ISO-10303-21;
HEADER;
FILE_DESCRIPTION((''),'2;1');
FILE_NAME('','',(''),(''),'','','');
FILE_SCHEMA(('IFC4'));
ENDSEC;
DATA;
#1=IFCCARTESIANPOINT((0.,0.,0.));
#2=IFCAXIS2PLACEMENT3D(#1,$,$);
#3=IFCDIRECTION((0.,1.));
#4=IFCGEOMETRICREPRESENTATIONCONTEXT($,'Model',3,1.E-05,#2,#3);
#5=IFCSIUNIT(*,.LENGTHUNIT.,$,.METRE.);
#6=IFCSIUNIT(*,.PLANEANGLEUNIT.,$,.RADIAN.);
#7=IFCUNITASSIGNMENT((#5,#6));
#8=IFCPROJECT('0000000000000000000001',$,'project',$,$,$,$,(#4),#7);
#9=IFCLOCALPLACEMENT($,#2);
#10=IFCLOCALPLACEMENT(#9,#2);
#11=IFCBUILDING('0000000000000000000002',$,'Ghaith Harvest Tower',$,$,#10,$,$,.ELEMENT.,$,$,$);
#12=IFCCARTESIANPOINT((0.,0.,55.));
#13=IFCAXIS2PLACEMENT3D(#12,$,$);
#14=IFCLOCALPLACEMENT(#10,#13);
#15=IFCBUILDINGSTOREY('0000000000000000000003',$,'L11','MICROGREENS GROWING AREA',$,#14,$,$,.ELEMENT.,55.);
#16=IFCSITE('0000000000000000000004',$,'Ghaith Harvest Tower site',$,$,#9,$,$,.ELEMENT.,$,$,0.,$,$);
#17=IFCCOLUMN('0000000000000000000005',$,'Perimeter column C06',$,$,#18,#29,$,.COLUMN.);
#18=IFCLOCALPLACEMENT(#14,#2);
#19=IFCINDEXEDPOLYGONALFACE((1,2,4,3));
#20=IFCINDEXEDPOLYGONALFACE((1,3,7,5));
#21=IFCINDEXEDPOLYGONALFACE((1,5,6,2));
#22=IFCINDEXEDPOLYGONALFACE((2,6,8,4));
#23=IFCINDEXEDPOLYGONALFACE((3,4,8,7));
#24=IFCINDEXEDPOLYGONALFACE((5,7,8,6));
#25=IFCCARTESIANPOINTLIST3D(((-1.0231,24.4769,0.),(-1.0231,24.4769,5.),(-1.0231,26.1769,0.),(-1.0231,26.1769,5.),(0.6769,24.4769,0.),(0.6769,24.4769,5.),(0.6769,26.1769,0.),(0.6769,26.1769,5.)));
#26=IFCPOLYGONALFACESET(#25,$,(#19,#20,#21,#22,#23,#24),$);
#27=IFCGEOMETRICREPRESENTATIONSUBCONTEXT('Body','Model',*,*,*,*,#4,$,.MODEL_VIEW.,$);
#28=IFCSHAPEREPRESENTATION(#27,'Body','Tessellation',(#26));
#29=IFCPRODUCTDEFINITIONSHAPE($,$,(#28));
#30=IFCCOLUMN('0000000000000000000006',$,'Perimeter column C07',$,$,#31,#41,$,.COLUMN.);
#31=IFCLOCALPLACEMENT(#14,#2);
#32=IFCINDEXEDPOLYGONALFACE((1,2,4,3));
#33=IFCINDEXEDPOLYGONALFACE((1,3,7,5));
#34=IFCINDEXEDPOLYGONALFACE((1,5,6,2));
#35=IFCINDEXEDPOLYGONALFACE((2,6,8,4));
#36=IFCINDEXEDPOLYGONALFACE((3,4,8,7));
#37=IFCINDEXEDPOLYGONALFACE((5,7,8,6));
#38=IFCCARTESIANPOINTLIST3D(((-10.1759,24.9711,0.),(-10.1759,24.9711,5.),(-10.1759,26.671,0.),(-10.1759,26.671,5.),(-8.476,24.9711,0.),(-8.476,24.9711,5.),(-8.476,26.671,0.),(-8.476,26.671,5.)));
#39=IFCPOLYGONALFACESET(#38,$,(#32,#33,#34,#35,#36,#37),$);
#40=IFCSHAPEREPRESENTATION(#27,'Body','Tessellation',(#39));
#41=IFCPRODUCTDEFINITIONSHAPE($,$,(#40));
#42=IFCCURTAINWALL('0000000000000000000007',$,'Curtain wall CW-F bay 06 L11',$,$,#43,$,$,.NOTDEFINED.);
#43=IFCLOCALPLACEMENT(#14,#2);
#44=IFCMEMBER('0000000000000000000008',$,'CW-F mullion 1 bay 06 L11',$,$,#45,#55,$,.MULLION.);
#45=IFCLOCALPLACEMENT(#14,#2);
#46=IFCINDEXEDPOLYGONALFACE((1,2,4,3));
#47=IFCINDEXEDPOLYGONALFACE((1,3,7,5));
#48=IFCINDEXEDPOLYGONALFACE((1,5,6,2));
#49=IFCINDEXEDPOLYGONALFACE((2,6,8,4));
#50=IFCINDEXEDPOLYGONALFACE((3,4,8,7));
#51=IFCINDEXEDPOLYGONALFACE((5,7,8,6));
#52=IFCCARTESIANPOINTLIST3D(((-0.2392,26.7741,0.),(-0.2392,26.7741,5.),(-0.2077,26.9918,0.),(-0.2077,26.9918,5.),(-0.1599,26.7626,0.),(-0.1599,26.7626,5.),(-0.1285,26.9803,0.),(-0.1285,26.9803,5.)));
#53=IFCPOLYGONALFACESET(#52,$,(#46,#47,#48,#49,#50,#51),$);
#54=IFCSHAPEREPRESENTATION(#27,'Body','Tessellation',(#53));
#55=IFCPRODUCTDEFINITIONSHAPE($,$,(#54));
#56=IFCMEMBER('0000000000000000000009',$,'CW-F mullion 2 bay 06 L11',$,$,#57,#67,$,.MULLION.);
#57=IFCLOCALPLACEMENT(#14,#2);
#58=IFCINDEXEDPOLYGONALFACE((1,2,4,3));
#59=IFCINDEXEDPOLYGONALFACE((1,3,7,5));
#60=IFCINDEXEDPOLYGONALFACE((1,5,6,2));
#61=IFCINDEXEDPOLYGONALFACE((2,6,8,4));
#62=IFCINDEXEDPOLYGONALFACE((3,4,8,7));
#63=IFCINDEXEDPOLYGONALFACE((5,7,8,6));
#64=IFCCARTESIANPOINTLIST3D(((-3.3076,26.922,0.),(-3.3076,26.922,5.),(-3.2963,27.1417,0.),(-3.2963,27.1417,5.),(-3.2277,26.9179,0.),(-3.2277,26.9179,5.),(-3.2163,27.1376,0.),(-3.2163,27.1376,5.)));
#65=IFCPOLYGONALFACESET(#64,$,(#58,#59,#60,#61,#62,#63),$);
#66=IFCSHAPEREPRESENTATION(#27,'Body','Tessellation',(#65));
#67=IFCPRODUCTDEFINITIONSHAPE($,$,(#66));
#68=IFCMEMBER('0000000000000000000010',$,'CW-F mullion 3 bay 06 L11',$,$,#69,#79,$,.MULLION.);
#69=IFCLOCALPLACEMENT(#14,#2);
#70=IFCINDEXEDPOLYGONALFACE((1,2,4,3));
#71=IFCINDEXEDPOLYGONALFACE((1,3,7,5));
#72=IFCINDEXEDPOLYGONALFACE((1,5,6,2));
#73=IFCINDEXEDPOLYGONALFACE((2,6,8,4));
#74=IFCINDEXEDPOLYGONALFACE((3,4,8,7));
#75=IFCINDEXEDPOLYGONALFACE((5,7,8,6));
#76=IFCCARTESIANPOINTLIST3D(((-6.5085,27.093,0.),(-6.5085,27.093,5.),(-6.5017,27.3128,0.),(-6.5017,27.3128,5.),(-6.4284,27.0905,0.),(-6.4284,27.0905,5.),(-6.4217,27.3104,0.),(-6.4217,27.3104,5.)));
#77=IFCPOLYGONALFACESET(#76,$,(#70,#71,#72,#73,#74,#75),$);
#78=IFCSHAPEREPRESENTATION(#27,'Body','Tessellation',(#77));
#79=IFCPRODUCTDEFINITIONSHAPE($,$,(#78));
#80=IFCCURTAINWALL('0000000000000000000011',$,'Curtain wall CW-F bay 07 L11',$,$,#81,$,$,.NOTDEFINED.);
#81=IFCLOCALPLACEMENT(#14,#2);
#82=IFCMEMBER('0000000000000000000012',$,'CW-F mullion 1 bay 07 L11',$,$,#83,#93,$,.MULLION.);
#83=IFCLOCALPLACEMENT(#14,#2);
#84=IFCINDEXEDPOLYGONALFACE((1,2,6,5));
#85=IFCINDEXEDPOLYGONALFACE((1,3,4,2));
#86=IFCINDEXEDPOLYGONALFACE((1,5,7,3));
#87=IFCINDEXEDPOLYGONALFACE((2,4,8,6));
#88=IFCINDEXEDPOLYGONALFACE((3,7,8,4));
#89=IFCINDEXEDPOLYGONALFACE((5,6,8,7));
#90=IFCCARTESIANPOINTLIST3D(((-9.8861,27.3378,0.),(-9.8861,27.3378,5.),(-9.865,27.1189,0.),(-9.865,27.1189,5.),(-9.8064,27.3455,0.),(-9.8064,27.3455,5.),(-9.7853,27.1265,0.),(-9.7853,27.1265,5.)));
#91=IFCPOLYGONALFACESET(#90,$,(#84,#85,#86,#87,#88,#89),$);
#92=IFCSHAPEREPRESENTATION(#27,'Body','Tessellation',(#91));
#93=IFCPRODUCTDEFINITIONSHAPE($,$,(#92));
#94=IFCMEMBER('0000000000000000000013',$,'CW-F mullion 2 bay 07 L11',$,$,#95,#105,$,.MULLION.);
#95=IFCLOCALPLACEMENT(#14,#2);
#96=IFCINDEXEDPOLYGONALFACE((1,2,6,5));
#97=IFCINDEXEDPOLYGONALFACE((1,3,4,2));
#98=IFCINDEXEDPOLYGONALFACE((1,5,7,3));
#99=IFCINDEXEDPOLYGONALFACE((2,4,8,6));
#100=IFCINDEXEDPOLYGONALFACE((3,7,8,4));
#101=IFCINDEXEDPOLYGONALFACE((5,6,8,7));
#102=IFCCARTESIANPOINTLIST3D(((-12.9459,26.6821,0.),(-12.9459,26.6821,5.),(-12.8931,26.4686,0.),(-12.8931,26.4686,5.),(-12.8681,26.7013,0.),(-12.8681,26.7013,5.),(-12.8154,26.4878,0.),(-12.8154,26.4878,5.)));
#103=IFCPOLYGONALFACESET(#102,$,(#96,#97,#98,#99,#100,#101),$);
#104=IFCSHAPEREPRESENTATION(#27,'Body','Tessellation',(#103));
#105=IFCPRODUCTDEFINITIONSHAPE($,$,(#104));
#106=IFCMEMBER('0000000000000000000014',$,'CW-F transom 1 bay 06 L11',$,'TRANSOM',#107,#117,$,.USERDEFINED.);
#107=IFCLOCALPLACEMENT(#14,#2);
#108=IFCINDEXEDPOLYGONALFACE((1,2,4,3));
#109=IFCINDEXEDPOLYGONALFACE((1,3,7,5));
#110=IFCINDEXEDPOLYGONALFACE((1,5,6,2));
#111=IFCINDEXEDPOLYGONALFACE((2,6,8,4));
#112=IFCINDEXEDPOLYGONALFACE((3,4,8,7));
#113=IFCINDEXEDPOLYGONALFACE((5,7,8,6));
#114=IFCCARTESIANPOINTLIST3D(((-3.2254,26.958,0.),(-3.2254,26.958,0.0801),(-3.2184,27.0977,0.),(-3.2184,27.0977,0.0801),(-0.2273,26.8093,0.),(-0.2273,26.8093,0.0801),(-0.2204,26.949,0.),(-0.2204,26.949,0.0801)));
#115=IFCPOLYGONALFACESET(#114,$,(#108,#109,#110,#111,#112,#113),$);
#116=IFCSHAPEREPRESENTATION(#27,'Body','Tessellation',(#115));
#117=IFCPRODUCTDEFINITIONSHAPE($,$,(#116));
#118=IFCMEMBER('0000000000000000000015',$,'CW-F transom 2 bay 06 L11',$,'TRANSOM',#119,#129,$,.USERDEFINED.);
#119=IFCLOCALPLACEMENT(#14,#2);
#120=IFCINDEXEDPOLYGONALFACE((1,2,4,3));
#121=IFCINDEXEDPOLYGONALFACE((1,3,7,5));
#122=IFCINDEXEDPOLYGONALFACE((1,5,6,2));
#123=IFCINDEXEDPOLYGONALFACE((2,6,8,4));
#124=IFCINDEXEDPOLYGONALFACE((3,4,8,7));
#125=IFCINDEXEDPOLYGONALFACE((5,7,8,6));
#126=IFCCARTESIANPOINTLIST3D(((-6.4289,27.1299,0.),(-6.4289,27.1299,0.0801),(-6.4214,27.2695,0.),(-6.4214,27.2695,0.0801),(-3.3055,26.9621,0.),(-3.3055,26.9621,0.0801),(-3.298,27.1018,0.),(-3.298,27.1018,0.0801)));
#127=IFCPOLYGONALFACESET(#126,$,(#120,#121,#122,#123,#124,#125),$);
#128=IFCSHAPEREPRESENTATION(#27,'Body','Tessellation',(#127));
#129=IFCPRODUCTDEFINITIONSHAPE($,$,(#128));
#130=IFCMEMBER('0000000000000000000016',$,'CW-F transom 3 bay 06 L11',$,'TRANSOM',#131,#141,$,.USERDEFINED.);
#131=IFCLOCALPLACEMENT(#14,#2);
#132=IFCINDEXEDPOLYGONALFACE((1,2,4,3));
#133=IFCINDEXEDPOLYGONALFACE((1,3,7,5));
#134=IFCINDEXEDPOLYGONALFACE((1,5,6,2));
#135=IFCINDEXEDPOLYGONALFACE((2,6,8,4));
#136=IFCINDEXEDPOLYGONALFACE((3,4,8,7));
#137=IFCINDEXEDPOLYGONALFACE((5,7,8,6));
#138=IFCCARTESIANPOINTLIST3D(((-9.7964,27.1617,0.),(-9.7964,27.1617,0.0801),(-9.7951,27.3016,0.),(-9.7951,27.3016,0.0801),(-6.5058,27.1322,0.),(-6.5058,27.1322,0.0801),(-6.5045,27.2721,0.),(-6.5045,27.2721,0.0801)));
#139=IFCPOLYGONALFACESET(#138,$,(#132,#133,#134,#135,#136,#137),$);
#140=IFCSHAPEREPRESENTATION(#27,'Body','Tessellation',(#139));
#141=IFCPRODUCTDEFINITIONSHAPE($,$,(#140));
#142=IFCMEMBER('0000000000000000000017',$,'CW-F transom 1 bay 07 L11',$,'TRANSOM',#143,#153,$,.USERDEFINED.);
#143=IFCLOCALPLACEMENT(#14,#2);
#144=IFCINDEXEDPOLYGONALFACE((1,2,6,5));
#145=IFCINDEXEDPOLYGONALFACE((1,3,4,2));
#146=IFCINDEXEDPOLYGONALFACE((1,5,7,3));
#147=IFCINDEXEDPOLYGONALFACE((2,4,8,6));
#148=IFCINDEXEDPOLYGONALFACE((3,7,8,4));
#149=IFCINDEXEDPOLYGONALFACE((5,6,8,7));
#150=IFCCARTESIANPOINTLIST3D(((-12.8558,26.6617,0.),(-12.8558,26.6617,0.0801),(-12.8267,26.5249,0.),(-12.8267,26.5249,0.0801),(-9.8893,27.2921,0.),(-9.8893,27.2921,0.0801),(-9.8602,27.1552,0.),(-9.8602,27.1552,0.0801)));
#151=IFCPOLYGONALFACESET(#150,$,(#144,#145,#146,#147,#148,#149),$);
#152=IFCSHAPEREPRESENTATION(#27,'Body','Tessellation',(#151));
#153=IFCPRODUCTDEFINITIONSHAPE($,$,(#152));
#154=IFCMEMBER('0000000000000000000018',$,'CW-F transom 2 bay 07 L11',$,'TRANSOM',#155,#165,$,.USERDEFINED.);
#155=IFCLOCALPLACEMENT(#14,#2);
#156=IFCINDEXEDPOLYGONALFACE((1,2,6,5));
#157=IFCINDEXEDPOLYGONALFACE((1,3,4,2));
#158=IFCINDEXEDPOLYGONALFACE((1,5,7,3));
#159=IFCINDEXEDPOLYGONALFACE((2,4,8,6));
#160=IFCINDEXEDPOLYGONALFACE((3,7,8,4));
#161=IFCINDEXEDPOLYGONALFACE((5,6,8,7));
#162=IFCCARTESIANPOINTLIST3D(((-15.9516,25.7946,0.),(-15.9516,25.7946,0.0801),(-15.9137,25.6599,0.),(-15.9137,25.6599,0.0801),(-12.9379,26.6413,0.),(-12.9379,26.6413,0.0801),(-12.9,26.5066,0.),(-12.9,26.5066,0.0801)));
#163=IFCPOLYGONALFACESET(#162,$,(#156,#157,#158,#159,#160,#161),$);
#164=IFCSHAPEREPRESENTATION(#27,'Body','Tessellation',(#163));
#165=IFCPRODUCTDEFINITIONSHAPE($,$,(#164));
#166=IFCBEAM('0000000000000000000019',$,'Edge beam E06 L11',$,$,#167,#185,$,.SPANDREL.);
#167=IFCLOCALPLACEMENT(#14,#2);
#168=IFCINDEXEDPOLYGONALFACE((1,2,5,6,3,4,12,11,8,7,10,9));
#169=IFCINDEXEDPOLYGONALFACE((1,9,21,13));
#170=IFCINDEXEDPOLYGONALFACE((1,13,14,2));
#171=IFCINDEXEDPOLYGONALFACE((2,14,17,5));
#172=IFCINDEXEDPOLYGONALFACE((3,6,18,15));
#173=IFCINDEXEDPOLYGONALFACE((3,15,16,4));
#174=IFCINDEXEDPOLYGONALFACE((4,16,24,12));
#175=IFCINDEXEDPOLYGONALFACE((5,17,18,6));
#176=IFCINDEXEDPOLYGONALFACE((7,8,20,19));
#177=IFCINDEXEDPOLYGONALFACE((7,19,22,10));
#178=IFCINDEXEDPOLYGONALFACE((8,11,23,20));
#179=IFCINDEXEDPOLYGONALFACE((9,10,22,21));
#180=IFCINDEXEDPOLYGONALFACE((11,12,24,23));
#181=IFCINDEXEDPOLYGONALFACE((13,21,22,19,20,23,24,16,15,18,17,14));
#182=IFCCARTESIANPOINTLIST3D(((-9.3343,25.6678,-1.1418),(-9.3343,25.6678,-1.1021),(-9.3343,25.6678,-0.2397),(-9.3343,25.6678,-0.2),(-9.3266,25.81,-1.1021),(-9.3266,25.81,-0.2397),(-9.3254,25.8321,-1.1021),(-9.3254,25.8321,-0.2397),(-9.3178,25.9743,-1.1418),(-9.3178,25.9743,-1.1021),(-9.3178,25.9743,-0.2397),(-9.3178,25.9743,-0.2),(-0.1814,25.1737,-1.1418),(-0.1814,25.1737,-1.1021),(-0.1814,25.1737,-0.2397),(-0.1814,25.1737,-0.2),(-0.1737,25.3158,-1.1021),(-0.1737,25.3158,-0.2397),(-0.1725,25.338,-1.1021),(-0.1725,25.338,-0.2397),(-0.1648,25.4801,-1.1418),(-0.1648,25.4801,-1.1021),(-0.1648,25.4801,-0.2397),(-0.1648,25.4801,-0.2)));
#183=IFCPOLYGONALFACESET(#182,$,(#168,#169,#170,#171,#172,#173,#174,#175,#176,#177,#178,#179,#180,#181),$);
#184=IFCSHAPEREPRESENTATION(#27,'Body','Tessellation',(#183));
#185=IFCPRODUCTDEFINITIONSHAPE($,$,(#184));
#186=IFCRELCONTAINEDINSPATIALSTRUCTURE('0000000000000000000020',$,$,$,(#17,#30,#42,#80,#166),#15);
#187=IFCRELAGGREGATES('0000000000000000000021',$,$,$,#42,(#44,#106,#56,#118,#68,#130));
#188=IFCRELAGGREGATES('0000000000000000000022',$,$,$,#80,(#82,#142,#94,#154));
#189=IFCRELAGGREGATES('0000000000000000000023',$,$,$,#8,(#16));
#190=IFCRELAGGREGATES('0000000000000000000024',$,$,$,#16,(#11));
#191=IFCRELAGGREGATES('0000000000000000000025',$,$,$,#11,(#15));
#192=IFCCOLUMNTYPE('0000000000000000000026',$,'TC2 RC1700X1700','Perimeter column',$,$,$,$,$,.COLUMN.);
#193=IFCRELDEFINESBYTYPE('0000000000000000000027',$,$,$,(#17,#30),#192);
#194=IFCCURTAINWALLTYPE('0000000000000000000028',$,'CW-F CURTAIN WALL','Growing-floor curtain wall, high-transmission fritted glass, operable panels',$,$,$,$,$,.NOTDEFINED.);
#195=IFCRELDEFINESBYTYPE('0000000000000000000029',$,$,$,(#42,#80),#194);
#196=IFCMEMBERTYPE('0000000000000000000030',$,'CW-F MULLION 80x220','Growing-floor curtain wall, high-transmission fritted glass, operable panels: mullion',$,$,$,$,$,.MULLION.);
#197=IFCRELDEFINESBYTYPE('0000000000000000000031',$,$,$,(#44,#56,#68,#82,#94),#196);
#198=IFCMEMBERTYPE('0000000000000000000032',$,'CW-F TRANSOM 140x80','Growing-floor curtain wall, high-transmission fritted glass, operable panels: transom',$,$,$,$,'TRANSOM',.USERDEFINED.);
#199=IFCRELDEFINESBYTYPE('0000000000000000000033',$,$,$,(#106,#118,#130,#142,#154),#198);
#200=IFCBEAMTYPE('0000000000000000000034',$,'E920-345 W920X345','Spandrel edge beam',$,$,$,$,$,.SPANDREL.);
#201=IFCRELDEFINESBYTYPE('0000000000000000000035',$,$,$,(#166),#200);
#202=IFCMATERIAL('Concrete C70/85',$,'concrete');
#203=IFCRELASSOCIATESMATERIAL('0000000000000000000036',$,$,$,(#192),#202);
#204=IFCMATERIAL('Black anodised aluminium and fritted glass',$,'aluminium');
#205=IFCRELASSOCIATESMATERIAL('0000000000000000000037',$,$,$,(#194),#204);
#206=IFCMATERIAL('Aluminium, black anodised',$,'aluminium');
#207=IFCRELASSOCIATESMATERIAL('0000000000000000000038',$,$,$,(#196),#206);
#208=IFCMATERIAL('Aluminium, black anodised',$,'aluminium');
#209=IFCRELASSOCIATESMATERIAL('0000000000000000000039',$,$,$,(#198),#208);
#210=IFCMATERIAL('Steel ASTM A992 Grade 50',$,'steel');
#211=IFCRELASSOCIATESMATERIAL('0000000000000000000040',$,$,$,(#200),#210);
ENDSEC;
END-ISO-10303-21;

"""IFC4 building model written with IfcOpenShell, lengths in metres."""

from ifc_helpers import new_model, si_unit, direction, frame, origin, origin_2d, place, context, subcontext, project, spatial, rectangle, i_section, extrude, material, material_profile, profile_set, type_object, element, aggregate, save


model = new_model("IFC4")

# Units and contexts
model_context = context("Model", 3, precision=1e-05, world=origin(), true_north=direction((0.0, 1.0)))
body_context = subcontext(model_context, "Body", "Model", "MODEL_VIEW")
ifc_project = project(units=[si_unit("LENGTHUNIT", "METRE"), si_unit("PLANEANGLEUNIT", "RADIAN")], contexts=[model_context])

# Site, building, storey
site_placement = place(None, origin())
site = spatial("IfcSite", under=ifc_project, at=site_placement, Name="Ghaith Harvest Tower site", CompositionType="ELEMENT", RefElevation=0.0)
building_placement = place(site_placement, origin())
building = spatial("IfcBuilding", under=site, at=building_placement, Name="Ghaith Harvest Tower", CompositionType="ELEMENT")
storey_placement = place(building_placement, frame((0.0, 0.0, 55.0)))
storey = spatial("IfcBuildingStorey", under=building, at=storey_placement, Name="L11", Description="MICROGREENS GROWING AREA", CompositionType="ELEMENT", Elevation=55.0)

# Columns
ifc_material_1 = material(Name="Concrete C70/85", Category="concrete")
ifc_material_profile_1 = material_profile(ifc_material_1, rectangle(XDim=1.7, YDim=1.7, at=origin_2d()), Name="RC1700X1700")
ifc_profile_set_1 = profile_set([ifc_material_profile_1], Name="Concrete C70/85")
column_type = type_object("IfcColumnType", Name="TC2 RC1700X1700", Description="Perimeter column", PredefinedType="COLUMN", material=ifc_profile_set_1)
for number, where, z_axis, x_axis, name in (
    (1, (-0.1731, 25.3269, 0.0), (0.0, 0.0, 1.0), (1.0, 0.0, 0.0), "Perimeter column C06"),
    (2, (-9.3259, 25.821, 0.0), (0.0, 0.0, 1.0), (1.0, 0.0, 0.0), "Perimeter column C07"),
):
    element("IfcColumn", number, at=place(storey_placement, frame(where, z_axis=z_axis, x_axis=x_axis)), inside=storey, type_object=column_type, Name=name, PredefinedType="COLUMN", context=body_context, shape_type="SweptSolid", body=[
        extrude(rectangle(XDim=1.7, YDim=1.7, at=origin_2d()), origin(), (0.0, 0.0, 1.0), 5.0),
    ])

# Curtain walls, members
ifc_material_2 = material(Name="Black anodised aluminium and fritted glass", Category="aluminium")
curtain_wall_type = type_object("IfcCurtainWallType", Name="CW-F CURTAIN WALL", Description="Growing-floor curtain wall, high-transmission fritted glass, operable panels", PredefinedType="NOTDEFINED", material=ifc_material_2)
curtain_wall_1_placement = place(storey_placement, origin())
curtain_wall_1 = element("IfcCurtainWall", 3, at=curtain_wall_1_placement, inside=storey, type_object=curtain_wall_type, Name="Curtain wall CW-F bay 06 L11", PredefinedType="NOTDEFINED")
ifc_material_3 = material(Name="Aluminium, black anodised", Category="aluminium")
ifc_material_profile_2 = material_profile(ifc_material_3, rectangle(XDim=0.0801, YDim=0.22, at=origin_2d()), Name="CW-F MULLION 80x220")
ifc_profile_set_2 = profile_set([ifc_material_profile_2], Name="Aluminium, black anodised")
member_type_1 = type_object("IfcMemberType", Name="CW-F MULLION 80x220", Description="Growing-floor curtain wall, high-transmission fritted glass, operable panels: mullion", PredefinedType="MULLION", material=ifc_profile_set_2)
member_1_placement = place(storey_placement, frame((-0.1838, 26.8772, 0.0), z_axis=(0.0, 0.0, 1.0), x_axis=(-0.989712, 0.143075, 0.0)))
member_1 = element("IfcMember", 4, at=member_1_placement, type_object=member_type_1, Name="CW-F mullion 1 bay 06 L11", PredefinedType="MULLION", context=body_context, shape_type="SweptSolid", body=[
    extrude(rectangle(XDim=0.0801, YDim=0.22, at=origin_2d()), origin(), (0.0, 0.0, 1.0), 5.0),
])
member_2_placement = place(storey_placement, frame((-3.262, 27.0298, 0.0), z_axis=(0.0, 0.0, 1.0), x_axis=(-0.998667, 0.051618, 0.0)))
member_2 = element("IfcMember", 5, at=member_2_placement, type_object=member_type_1, Name="CW-F mullion 2 bay 06 L11", PredefinedType="MULLION", context=body_context, shape_type="SweptSolid", body=[
    extrude(rectangle(XDim=0.0801, YDim=0.22, at=origin_2d()), origin(), (0.0, 0.0, 1.0), 5.0),
])
member_3_placement = place(storey_placement, frame((-6.4651, 27.2017, 0.0), z_axis=(0.0, 0.0, 1.0), x_axis=(-0.999527, 0.03075, 0.0)))
member_3 = element("IfcMember", 6, at=member_3_placement, type_object=member_type_1, Name="CW-F mullion 3 bay 06 L11", PredefinedType="MULLION", context=body_context, shape_type="SweptSolid", body=[
    extrude(rectangle(XDim=0.0801, YDim=0.22, at=origin_2d()), origin(), (0.0, 0.0, 1.0), 5.0),
])
curtain_wall_2_placement = place(storey_placement, origin())
curtain_wall_2 = element("IfcCurtainWall", 7, at=curtain_wall_2_placement, inside=storey, type_object=curtain_wall_type, Name="Curtain wall CW-F bay 07 L11", PredefinedType="NOTDEFINED")
member_4_placement = place(storey_placement, frame((-9.8357, 27.2322, 0.0), z_axis=(0.0, 0.0, 1.0), x_axis=(-0.995408, -0.095718, 0.0)))
member_4 = element("IfcMember", 8, at=member_4_placement, type_object=member_type_1, Name="CW-F mullion 1 bay 07 L11", PredefinedType="MULLION", context=body_context, shape_type="SweptSolid", body=[
    extrude(rectangle(XDim=0.0801, YDim=0.22, at=origin_2d()), origin(), (0.0, 0.0, 1.0), 5.0),
])
member_5_placement = place(storey_placement, frame((-12.8806, 26.585, 0.0), z_axis=(0.0, 0.0, 1.0), x_axis=(-0.970825, -0.239791, 0.0)))
member_5 = element("IfcMember", 9, at=member_5_placement, type_object=member_type_1, Name="CW-F mullion 2 bay 07 L11", PredefinedType="MULLION", context=body_context, shape_type="SweptSolid", body=[
    extrude(rectangle(XDim=0.0801, YDim=0.22, at=origin_2d()), origin(), (0.0, 0.0, 1.0), 5.0),
])

# Members
ifc_material_4 = material(Name="Aluminium, black anodised", Category="aluminium")
ifc_material_profile_3 = material_profile(ifc_material_4, rectangle(XDim=0.1399, YDim=0.0801, at=origin_2d()), Name="CW-F TRANSOM 140x80")
ifc_profile_set_3 = profile_set([ifc_material_profile_3], Name="Aluminium, black anodised")
member_type_2 = type_object("IfcMemberType", Name="CW-F TRANSOM 140x80", Description="Growing-floor curtain wall, high-transmission fritted glass, operable panels: transom", ElementType="TRANSOM", PredefinedType="USERDEFINED", material=ifc_profile_set_3)
member_6_placement = place(storey_placement, frame((-0.2239, 26.8792, 0.04), z_axis=(-0.998773, 0.049532, 0.0), x_axis=(-0.049532, -0.998773, 0.0)))
member_6 = element("IfcMember", 10, at=member_6_placement, type_object=member_type_2, Name="CW-F transom 1 bay 06 L11", ObjectType="TRANSOM", PredefinedType="USERDEFINED", context=body_context, shape_type="SweptSolid", body=[
    extrude(rectangle(XDim=0.1399, YDim=0.0801, at=origin_2d()), origin(), (0.0, 0.0, 1.0), 3.0017),
])
member_7_placement = place(storey_placement, frame((-3.3018, 27.032, 0.04), z_axis=(-0.998561, 0.05362, 0.0), x_axis=(-0.05362, -0.998561, 0.0)))
member_7 = element("IfcMember", 11, at=member_7_placement, type_object=member_type_2, Name="CW-F transom 2 bay 06 L11", ObjectType="TRANSOM", PredefinedType="USERDEFINED", context=body_context, shape_type="SweptSolid", body=[
    extrude(rectangle(XDim=0.1399, YDim=0.0801, at=origin_2d()), origin(), (0.0, 0.0, 1.0), 3.1279),
])
member_8_placement = place(storey_placement, frame((-6.5051, 27.2021, 0.04), z_axis=(-0.99996, 0.008977, 0.0), x_axis=(-0.008977, -0.99996, 0.0)))
member_8 = element("IfcMember", 12, at=member_8_placement, type_object=member_type_2, Name="CW-F transom 3 bay 06 L11", ObjectType="TRANSOM", PredefinedType="USERDEFINED", context=body_context, shape_type="SweptSolid", body=[
    extrude(rectangle(XDim=0.1399, YDim=0.0801, at=origin_2d()), origin(), (0.0, 0.0, 1.0), 3.2908),
])
member_9_placement = place(storey_placement, frame((-9.8748, 27.2236, 0.04), z_axis=(-0.97816, -0.207852, 0.0), x_axis=(0.207852, -0.97816, 0.0)))
member_9 = element("IfcMember", 13, at=member_9_placement, type_object=member_type_2, Name="CW-F transom 1 bay 07 L11", ObjectType="TRANSOM", PredefinedType="USERDEFINED", context=body_context, shape_type="SweptSolid", body=[
    extrude(rectangle(XDim=0.1399, YDim=0.0801, at=origin_2d()), origin(), (0.0, 0.0, 1.0), 3.0327),
])
member_10_placement = place(storey_placement, frame((-12.9189, 26.574, 0.04), z_axis=(-0.962727, -0.270475, 0.0), x_axis=(0.270475, -0.962727, 0.0)))
member_10 = element("IfcMember", 14, at=member_10_placement, type_object=member_type_2, Name="CW-F transom 2 bay 07 L11", ObjectType="TRANSOM", PredefinedType="USERDEFINED", context=body_context, shape_type="SweptSolid", body=[
    extrude(rectangle(XDim=0.1399, YDim=0.0801, at=origin_2d()), origin(), (0.0, 0.0, 1.0), 3.1304),
])

# Beam
ifc_material_5 = material(Name="Steel ASTM A992 Grade 50", Category="steel")
ifc_material_profile_4 = material_profile(ifc_material_5, i_section(OverallWidth=0.3069, OverallDepth=0.9419, WebThickness=0.0222, FlangeThickness=0.0398, at=origin_2d()), Name="W920X345")
ifc_profile_set_4 = profile_set([ifc_material_profile_4], Name="Steel ASTM A992 Grade 50")
beam_type_1 = type_object("IfcBeamType", Name="E920-345 W920X345", Description="Spandrel edge beam", PredefinedType="SPANDREL", material=ifc_profile_set_4)
beam_1_placement = place(storey_placement, frame((-0.1731, 25.3269, -0.6709), z_axis=(-0.998546, 0.053909, 0.0), x_axis=(-0.053909, -0.998546, 0.0)))
element("IfcBeam", 15, at=beam_1_placement, inside=storey, type_object=beam_type_1, Name="Edge beam E06 L11", PredefinedType="SPANDREL", context=body_context, shape_type="SweptSolid", body=[
    extrude(i_section(OverallWidth=0.3069, OverallDepth=0.9419, WebThickness=0.0222, FlangeThickness=0.0398, at=origin_2d()), origin(), (0.0, 0.0, 1.0), 9.1663),
])

aggregate(curtain_wall_1, [member_1, member_6, member_2, member_7, member_3, member_8])
aggregate(curtain_wall_2, [member_4, member_9, member_5, member_10])

save(model, "model.ifc")
